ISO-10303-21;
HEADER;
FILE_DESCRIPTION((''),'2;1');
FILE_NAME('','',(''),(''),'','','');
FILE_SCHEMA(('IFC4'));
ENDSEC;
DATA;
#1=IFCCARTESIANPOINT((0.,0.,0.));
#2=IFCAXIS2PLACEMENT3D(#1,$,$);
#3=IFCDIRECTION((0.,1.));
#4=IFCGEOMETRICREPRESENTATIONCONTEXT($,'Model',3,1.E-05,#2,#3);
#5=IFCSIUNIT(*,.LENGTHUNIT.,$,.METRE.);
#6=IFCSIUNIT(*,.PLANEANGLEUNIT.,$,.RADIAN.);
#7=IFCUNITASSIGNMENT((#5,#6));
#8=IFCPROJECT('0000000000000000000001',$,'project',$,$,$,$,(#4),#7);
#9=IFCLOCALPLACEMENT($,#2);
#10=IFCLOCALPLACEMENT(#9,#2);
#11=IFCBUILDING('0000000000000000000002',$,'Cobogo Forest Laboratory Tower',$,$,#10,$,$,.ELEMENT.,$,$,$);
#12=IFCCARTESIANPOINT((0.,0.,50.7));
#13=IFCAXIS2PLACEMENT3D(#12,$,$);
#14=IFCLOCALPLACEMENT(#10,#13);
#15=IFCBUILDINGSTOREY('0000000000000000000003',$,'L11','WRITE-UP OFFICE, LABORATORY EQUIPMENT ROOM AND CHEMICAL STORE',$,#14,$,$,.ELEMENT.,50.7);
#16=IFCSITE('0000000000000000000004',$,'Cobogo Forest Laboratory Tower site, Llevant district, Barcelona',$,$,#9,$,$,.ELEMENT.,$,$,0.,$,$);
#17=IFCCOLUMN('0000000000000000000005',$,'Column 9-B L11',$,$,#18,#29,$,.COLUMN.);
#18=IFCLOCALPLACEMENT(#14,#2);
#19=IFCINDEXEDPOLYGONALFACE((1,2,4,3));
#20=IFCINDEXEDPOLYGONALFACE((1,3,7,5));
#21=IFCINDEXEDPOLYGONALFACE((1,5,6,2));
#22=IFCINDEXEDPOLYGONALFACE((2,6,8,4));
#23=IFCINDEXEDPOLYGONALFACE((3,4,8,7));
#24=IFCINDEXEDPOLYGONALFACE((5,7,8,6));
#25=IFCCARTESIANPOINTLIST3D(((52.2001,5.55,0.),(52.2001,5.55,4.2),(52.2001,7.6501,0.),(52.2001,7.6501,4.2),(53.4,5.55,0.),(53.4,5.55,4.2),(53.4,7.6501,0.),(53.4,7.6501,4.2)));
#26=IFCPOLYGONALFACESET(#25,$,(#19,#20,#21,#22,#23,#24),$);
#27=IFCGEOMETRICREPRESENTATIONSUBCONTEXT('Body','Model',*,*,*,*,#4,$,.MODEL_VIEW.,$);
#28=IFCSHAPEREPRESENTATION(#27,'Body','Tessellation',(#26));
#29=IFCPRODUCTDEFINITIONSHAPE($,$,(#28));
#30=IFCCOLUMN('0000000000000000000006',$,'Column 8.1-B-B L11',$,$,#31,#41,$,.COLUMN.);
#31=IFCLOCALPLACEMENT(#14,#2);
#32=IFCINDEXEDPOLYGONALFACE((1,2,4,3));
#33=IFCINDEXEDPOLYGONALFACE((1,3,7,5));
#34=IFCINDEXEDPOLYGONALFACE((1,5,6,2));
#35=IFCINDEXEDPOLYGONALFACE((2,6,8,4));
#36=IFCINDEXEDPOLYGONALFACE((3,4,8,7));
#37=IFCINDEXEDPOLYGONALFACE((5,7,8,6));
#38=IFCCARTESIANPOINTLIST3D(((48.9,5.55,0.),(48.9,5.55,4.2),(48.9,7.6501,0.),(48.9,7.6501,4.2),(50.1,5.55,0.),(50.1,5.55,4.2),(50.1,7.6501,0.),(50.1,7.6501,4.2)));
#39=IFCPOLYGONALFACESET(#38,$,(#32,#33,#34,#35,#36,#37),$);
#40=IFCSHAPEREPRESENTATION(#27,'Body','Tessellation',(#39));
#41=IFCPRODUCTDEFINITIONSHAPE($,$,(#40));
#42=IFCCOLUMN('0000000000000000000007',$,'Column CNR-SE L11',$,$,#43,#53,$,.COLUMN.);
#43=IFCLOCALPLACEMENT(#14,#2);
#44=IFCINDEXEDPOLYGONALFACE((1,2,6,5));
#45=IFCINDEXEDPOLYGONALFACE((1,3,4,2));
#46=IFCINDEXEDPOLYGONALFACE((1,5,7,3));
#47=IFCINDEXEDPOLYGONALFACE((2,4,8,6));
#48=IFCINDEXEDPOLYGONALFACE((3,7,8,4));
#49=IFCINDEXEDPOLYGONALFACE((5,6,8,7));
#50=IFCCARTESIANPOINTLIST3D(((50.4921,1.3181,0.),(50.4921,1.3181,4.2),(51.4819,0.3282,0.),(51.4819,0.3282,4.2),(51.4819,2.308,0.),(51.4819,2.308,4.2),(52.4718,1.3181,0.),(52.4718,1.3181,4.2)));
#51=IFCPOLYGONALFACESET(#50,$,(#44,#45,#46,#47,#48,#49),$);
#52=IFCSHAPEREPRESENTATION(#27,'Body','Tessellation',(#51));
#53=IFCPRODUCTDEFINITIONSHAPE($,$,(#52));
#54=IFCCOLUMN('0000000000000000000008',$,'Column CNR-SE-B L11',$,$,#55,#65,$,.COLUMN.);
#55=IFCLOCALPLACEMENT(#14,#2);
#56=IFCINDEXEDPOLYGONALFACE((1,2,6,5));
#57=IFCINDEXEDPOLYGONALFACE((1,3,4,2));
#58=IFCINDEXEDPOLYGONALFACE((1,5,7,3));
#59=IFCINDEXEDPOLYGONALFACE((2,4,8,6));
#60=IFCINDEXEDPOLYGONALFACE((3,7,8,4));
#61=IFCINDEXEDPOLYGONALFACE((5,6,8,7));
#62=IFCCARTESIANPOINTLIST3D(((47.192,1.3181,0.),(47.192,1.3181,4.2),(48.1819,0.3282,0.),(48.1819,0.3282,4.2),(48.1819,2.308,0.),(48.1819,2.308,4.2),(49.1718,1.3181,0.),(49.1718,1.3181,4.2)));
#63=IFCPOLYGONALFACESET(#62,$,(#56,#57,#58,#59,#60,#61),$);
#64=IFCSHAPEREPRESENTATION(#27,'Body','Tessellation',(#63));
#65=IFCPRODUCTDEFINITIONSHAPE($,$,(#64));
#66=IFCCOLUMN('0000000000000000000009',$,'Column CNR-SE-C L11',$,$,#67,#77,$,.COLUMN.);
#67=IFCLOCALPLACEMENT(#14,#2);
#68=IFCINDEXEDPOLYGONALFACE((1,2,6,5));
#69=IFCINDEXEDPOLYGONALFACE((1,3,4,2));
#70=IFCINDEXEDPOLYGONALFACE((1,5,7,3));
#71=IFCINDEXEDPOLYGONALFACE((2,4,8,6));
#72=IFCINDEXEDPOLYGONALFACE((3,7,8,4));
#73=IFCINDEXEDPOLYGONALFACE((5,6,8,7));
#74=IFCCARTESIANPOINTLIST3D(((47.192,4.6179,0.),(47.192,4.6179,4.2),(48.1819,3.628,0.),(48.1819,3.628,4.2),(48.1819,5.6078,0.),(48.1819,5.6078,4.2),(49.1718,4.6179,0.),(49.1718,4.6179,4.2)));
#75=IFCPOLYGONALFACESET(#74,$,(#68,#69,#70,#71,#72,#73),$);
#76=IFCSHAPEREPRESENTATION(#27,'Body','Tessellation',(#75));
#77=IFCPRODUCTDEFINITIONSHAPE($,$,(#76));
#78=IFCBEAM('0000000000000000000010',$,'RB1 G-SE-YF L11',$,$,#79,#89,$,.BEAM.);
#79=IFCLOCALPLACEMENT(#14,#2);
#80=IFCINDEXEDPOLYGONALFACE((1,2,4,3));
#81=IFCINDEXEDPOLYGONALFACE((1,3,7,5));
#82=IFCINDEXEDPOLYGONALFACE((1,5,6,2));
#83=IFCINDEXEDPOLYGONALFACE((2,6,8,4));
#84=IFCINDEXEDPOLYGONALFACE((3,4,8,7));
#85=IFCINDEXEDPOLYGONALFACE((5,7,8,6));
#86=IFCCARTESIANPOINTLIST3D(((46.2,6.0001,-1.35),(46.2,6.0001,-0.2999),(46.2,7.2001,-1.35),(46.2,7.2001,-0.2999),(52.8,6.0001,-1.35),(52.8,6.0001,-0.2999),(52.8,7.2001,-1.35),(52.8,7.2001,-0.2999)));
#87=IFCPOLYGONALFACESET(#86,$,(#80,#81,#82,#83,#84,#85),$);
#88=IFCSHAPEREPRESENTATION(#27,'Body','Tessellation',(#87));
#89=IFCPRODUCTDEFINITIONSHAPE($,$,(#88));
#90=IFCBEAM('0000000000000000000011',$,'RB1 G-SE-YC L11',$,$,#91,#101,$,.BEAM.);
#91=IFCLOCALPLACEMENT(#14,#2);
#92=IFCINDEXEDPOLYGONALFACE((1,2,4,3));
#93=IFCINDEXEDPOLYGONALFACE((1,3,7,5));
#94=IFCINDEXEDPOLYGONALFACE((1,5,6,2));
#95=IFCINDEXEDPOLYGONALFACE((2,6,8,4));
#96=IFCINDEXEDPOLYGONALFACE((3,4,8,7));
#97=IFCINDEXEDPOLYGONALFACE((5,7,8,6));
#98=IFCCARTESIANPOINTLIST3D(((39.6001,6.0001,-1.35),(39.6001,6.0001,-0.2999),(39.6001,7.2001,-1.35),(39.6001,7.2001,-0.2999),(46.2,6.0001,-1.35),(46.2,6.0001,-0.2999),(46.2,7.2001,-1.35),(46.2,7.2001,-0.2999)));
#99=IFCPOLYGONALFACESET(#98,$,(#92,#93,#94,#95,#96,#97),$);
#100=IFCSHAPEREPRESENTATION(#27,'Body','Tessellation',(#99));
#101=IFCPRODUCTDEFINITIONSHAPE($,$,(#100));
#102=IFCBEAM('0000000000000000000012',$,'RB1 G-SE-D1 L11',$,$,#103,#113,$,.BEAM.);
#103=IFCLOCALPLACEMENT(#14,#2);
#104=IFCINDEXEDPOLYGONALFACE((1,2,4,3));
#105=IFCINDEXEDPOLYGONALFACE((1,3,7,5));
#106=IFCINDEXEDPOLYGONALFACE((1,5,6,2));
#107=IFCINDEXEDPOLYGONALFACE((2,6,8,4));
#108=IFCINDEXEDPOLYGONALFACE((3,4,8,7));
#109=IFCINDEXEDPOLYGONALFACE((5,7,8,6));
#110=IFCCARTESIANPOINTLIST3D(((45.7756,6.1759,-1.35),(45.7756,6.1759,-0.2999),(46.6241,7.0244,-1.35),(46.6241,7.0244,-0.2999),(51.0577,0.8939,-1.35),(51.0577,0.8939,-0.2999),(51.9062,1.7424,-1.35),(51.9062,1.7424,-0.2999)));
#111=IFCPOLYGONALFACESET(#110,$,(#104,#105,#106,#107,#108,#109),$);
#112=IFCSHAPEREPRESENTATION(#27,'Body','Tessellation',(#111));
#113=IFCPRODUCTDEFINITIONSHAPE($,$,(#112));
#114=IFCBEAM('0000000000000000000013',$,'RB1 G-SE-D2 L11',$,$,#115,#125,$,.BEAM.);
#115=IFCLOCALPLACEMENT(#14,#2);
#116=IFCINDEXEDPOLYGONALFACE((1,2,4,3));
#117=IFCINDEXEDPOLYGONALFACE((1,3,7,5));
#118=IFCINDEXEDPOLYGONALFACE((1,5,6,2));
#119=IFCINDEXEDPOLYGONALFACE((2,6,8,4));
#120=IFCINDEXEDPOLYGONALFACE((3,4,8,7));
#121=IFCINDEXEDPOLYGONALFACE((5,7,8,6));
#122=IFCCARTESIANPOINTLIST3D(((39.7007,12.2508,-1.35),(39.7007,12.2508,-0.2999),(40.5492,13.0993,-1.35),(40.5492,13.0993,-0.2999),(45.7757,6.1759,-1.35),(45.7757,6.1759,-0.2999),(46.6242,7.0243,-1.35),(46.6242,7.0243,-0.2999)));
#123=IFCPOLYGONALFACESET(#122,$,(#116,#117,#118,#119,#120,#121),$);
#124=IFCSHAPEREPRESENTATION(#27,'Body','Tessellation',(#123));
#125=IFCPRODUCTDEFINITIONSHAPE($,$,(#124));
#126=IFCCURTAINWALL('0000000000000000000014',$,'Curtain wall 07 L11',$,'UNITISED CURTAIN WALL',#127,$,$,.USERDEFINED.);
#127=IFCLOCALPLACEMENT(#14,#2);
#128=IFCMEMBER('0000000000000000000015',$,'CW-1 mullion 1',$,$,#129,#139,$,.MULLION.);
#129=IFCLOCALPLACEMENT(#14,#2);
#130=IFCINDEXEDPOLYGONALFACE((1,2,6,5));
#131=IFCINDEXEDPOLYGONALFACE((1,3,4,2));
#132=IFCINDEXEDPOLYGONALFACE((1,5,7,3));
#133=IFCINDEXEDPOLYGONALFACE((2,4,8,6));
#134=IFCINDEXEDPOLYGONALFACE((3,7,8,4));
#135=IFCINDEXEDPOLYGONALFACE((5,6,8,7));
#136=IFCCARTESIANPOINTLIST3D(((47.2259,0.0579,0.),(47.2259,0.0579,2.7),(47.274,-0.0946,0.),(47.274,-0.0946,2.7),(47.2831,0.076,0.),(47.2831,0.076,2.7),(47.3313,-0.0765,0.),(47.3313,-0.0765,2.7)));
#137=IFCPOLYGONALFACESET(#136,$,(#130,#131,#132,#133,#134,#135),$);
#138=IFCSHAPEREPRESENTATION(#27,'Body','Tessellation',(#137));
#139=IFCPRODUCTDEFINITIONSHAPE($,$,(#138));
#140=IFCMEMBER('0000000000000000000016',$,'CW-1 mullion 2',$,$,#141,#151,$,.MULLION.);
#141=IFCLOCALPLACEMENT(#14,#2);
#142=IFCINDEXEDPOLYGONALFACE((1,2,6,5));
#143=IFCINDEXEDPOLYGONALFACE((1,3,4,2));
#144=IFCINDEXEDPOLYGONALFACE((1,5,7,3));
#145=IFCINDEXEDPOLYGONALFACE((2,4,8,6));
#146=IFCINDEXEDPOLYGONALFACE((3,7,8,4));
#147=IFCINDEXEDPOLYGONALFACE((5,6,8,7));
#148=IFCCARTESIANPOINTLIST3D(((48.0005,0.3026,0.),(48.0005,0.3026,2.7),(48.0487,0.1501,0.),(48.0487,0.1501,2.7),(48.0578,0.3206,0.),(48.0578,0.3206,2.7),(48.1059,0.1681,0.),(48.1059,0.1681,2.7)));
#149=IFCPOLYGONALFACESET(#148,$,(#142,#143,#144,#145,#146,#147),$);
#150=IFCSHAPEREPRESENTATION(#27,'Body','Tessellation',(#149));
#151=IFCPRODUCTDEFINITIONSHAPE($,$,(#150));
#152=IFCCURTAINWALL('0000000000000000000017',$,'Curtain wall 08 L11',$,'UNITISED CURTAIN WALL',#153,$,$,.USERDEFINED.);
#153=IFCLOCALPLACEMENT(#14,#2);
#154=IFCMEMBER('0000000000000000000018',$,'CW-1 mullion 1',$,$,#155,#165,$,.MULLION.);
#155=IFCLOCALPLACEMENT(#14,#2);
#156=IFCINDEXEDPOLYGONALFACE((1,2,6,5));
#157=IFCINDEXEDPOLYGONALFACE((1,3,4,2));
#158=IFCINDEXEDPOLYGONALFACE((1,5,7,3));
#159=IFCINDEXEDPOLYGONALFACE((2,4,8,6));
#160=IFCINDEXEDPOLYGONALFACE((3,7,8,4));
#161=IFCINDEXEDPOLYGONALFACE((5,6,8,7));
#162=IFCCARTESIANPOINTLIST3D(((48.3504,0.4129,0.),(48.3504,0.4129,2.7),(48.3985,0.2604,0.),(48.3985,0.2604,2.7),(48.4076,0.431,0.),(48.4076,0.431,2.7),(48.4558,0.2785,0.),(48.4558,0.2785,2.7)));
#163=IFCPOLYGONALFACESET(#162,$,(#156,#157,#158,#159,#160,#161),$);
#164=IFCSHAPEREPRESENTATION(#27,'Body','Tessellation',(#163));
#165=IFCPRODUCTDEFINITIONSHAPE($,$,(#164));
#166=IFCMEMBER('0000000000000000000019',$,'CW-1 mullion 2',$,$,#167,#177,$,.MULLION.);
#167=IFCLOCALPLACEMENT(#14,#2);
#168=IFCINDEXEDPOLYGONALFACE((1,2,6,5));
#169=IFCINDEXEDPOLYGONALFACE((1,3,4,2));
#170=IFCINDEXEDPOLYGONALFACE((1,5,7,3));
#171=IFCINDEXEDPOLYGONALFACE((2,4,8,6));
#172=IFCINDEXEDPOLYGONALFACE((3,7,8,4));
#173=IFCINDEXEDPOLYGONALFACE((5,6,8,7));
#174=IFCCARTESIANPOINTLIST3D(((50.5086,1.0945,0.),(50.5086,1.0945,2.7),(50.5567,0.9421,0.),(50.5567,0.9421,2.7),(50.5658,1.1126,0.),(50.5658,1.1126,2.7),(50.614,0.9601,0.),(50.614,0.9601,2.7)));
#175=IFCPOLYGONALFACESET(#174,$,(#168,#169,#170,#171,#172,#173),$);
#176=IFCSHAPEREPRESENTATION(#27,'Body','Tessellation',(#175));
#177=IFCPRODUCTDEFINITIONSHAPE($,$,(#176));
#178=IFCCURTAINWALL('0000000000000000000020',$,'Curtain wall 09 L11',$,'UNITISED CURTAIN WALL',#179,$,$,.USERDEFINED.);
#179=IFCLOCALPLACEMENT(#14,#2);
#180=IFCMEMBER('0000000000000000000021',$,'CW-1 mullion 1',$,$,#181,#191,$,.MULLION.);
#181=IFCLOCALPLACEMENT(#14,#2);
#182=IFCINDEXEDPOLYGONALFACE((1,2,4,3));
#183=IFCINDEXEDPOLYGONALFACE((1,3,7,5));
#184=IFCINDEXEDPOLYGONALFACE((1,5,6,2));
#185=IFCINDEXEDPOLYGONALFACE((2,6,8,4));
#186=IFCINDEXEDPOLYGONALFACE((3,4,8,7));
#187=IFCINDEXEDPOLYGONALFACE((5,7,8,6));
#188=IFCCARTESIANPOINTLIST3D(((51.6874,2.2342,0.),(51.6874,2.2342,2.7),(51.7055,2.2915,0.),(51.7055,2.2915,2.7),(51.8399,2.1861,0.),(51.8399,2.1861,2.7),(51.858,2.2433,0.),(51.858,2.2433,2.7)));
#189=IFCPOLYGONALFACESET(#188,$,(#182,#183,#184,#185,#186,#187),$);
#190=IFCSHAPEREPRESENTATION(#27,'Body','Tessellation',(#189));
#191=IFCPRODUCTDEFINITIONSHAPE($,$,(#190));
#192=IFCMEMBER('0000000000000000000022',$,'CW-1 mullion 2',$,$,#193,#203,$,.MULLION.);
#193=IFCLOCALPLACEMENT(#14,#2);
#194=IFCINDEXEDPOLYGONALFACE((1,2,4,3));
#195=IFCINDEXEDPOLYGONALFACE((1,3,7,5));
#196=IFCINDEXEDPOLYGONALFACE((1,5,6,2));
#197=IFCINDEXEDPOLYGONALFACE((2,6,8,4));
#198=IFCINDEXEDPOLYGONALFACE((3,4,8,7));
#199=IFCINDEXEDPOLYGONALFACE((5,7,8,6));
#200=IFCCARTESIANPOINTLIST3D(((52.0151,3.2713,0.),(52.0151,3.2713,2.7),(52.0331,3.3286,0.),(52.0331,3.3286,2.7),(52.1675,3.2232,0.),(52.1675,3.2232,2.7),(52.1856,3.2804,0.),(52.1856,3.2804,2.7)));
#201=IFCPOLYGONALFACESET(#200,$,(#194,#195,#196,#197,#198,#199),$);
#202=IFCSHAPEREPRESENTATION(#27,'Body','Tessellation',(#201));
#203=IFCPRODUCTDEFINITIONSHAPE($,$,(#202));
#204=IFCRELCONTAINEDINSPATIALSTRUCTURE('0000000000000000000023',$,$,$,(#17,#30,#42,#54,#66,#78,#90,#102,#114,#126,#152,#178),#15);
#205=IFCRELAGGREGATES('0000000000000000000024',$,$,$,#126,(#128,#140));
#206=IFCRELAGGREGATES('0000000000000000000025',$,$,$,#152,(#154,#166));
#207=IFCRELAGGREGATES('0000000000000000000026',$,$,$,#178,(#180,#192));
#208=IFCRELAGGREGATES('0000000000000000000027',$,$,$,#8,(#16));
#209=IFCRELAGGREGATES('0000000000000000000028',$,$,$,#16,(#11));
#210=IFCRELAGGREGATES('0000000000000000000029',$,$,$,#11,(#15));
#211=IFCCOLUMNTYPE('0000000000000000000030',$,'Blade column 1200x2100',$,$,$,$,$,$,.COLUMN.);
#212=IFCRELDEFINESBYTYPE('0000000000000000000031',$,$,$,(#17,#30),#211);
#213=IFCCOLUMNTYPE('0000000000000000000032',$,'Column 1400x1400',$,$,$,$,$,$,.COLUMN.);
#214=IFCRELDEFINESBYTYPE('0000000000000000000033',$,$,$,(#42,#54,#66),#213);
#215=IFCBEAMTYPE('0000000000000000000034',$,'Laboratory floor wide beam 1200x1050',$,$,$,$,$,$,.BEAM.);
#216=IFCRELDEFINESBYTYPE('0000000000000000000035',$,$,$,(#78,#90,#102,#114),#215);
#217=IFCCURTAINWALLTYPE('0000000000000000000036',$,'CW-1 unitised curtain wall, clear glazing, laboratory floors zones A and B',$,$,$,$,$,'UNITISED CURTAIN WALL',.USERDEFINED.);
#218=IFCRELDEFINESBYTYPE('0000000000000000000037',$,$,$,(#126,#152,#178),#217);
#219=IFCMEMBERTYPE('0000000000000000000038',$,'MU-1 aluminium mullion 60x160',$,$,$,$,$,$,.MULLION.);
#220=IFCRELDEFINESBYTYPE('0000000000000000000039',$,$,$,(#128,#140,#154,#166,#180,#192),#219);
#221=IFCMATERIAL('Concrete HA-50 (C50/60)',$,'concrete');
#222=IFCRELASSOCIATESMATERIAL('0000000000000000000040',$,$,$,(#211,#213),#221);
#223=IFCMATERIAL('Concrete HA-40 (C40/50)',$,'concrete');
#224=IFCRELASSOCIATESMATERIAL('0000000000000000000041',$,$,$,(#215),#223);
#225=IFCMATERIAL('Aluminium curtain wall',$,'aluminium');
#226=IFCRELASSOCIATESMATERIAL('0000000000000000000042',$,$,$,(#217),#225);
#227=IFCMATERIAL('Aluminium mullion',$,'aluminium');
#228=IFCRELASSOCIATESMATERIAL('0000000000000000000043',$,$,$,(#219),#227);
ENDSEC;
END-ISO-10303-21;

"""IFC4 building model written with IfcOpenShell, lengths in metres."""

from ifc_helpers import new_model, si_unit, direction, frame, origin, origin_2d, place, context, subcontext, project, spatial, rectangle, extrude, material, material_profile, profile_set, type_object, element, aggregate, save


model = new_model("IFC4")

# Units and contexts
model_context = context("Model", 3, precision=1e-05, world=origin(), true_north=direction((0.0, 1.0)))
body_context = subcontext(model_context, "Body", "Model", "MODEL_VIEW")
ifc_project = project(units=[si_unit("LENGTHUNIT", "METRE"), si_unit("PLANEANGLEUNIT", "RADIAN")], contexts=[model_context])

# Site, building, storey
site_placement = place(None, origin())
site = spatial("IfcSite", under=ifc_project, at=site_placement, Name="Cobogo Forest Laboratory Tower site, Llevant district, Barcelona", CompositionType="ELEMENT", RefElevation=0.0)
building_placement = place(site_placement, origin())
building = spatial("IfcBuilding", under=site, at=building_placement, Name="Cobogo Forest Laboratory Tower", CompositionType="ELEMENT")
storey_placement = place(building_placement, frame((0.0, 0.0, 50.7)))
storey = spatial("IfcBuildingStorey", under=building, at=storey_placement, Name="L11", Description="WRITE-UP OFFICE, LABORATORY EQUIPMENT ROOM AND CHEMICAL STORE", CompositionType="ELEMENT", Elevation=50.7)

# Columns
ifc_material_1 = material(Name="Concrete HA-50 (C50/60)", Category="concrete")
ifc_material_profile_1 = material_profile(ifc_material_1, rectangle(XDim=2.1001, YDim=1.2, at=origin_2d()), Name="RC 1200x2100")
ifc_profile_set_1 = profile_set([ifc_material_profile_1], Name="Concrete HA-50 (C50/60)")
column_type_1 = type_object("IfcColumnType", Name="Blade column 1200x2100", PredefinedType="COLUMN", material=ifc_profile_set_1)
for number, where, z_axis, x_axis, name in (
    (1, (52.8, 6.6001, 0.0), (0.0, 0.0, 1.0), (0.0, 1.0, 0.0), "Column 9-B L11"),
    (2, (49.5, 6.6001, 0.0), (0.0, 0.0, 1.0), (0.0, 1.0, 0.0), "Column 8.1-B-B L11"),
):
    element("IfcColumn", number, at=place(storey_placement, frame(where, z_axis=z_axis, x_axis=x_axis)), inside=storey, type_object=column_type_1, Name=name, PredefinedType="COLUMN", context=body_context, shape_type="SweptSolid", body=[
        extrude(rectangle(XDim=2.1001, YDim=1.2, at=origin_2d()), origin(), (0.0, 0.0, 1.0), 4.2),
    ])
ifc_material_profile_2 = material_profile(ifc_material_1, rectangle(XDim=1.3999, YDim=1.3999, at=origin_2d()), Name="RC 1400x1400")
ifc_profile_set_2 = profile_set([ifc_material_profile_2], Name="Concrete HA-50 (C50/60)")
column_type_2 = type_object("IfcColumnType", Name="Column 1400x1400", PredefinedType="COLUMN", material=ifc_profile_set_2)
for number, where, z_axis, x_axis, name in (
    (3, (51.4819, 1.3181, 0.0), (0.0, 0.0, 1.0), (0.707107, 0.707107, 0.0), "Column CNR-SE L11"),
    (4, (48.1819, 1.3181, 0.0), (0.0, 0.0, 1.0), (0.707107, 0.707107, 0.0), "Column CNR-SE-B L11"),
    (5, (48.1819, 4.6179, 0.0), (0.0, 0.0, 1.0), (0.707107, 0.707107, 0.0), "Column CNR-SE-C L11"),
):
    element("IfcColumn", number, at=place(storey_placement, frame(where, z_axis=z_axis, x_axis=x_axis)), inside=storey, type_object=column_type_2, Name=name, PredefinedType="COLUMN", context=body_context, shape_type="SweptSolid", body=[
        extrude(rectangle(XDim=1.3999, YDim=1.3999, at=origin_2d()), origin(), (0.0, 0.0, 1.0), 4.2),
    ])

# Beams
ifc_material_2 = material(Name="Concrete HA-40 (C40/50)", Category="concrete")
ifc_material_profile_3 = material_profile(ifc_material_2, rectangle(XDim=1.2, YDim=1.05, at=origin_2d()), Name="RC 1200x1050")
ifc_profile_set_3 = profile_set([ifc_material_profile_3], Name="Concrete HA-40 (C40/50)")
beam_type_1 = type_object("IfcBeamType", Name="Laboratory floor wide beam 1200x1050", PredefinedType="BEAM", material=ifc_profile_set_3)
beam_1_placement = place(storey_placement, frame((52.8, 6.6001, -0.825), z_axis=(-1.0, 0.0, 0.0), x_axis=(0.0, -1.0, 0.0)))
element("IfcBeam", 6, at=beam_1_placement, inside=storey, type_object=beam_type_1, Name="RB1 G-SE-YF L11", PredefinedType="BEAM", context=body_context, shape_type="SweptSolid", body=[
    extrude(rectangle(XDim=1.2, YDim=1.05, at=origin_2d()), origin(), (0.0, 0.0, 1.0), 6.6001),
])
beam_2_placement = place(storey_placement, frame((46.2, 6.6001, -0.825), z_axis=(-1.0, 0.0, 0.0), x_axis=(0.0, -1.0, 0.0)))
element("IfcBeam", 7, at=beam_2_placement, inside=storey, type_object=beam_type_1, Name="RB1 G-SE-YC L11", PredefinedType="BEAM", context=body_context, shape_type="SweptSolid", body=[
    extrude(rectangle(XDim=1.2, YDim=1.05, at=origin_2d()), origin(), (0.0, 0.0, 1.0), 6.5999),
])
beam_3_placement = place(storey_placement, frame((51.4819, 1.3181, -0.825), z_axis=(-0.707107, 0.707107, 0.0), x_axis=(-0.707107, -0.707107, 0.0)))
element("IfcBeam", 8, at=beam_3_placement, inside=storey, type_object=beam_type_1, Name="RB1 G-SE-D1 L11", PredefinedType="BEAM", context=body_context, shape_type="SweptSolid", body=[
    extrude(rectangle(XDim=1.2, YDim=1.05, at=origin_2d()), origin(), (0.0, 0.0, 1.0), 7.47),
])
beam_4_placement = place(storey_placement, frame((46.2, 6.6001, -0.825), z_axis=(-0.707107, 0.707107, 0.0), x_axis=(-0.707107, -0.707107, 0.0)))
element("IfcBeam", 9, at=beam_4_placement, inside=storey, type_object=beam_type_1, Name="RB1 G-SE-D2 L11", PredefinedType="BEAM", context=body_context, shape_type="SweptSolid", body=[
    extrude(rectangle(XDim=1.2, YDim=1.05, at=origin_2d()), origin(), (0.0, 0.0, 1.0), 8.5913),
])

# Curtain walls, members
ifc_material_3 = material(Name="Aluminium curtain wall", Category="aluminium")
curtain_wall_type = type_object("IfcCurtainWallType", Name="CW-1 unitised curtain wall, clear glazing, laboratory floors zones A and B", ElementType="UNITISED CURTAIN WALL", PredefinedType="USERDEFINED", material=ifc_material_3)
curtain_wall_1_placement = place(storey_placement, origin())
curtain_wall_1 = element("IfcCurtainWall", 10, at=curtain_wall_1_placement, inside=storey, type_object=curtain_wall_type, Name="Curtain wall 07 L11", ObjectType="UNITISED CURTAIN WALL", PredefinedType="USERDEFINED")
ifc_material_4 = material(Name="Aluminium mullion", Category="aluminium")
ifc_material_profile_4 = material_profile(ifc_material_4, rectangle(XDim=0.0601, YDim=0.1599, at=origin_2d()), Name="AL 60x160")
ifc_profile_set_4 = profile_set([ifc_material_profile_4], Name="Aluminium mullion")
member_type_1 = type_object("IfcMemberType", Name="MU-1 aluminium mullion 60x160", PredefinedType="MULLION", material=ifc_profile_set_4)
member_1_placement = place(storey_placement, frame((47.2786, -0.0093, 0.0), z_axis=(0.0, 0.0, 1.0), x_axis=(0.953582, 0.301135, 0.0)))
member_1 = element("IfcMember", 11, at=member_1_placement, type_object=member_type_1, Name="CW-1 mullion 1", PredefinedType="MULLION", context=body_context, shape_type="SweptSolid", body=[
    extrude(rectangle(XDim=0.0601, YDim=0.1599, at=origin_2d()), origin(), (0.0, 0.0, 1.0), 2.7),
])
member_2_placement = place(storey_placement, frame((48.0532, 0.2354, 0.0), z_axis=(0.0, 0.0, 1.0), x_axis=(0.953582, 0.301135, 0.0)))
member_2 = element("IfcMember", 12, at=member_2_placement, type_object=member_type_1, Name="CW-1 mullion 2", PredefinedType="MULLION", context=body_context, shape_type="SweptSolid", body=[
    extrude(rectangle(XDim=0.0601, YDim=0.1599, at=origin_2d()), origin(), (0.0, 0.0, 1.0), 2.7),
])
curtain_wall_2_placement = place(storey_placement, origin())
curtain_wall_2 = element("IfcCurtainWall", 13, at=curtain_wall_2_placement, inside=storey, type_object=curtain_wall_type, Name="Curtain wall 08 L11", ObjectType="UNITISED CURTAIN WALL", PredefinedType="USERDEFINED")
member_3_placement = place(storey_placement, frame((48.4031, 0.3457, 0.0), z_axis=(0.0, 0.0, 1.0), x_axis=(0.953581, 0.301135, 0.0)))
member_3 = element("IfcMember", 14, at=member_3_placement, type_object=member_type_1, Name="CW-1 mullion 1", PredefinedType="MULLION", context=body_context, shape_type="SweptSolid", body=[
    extrude(rectangle(XDim=0.0601, YDim=0.1599, at=origin_2d()), origin(), (0.0, 0.0, 1.0), 2.7),
])
member_4_placement = place(storey_placement, frame((50.5613, 1.0273, 0.0), z_axis=(0.0, 0.0, 1.0), x_axis=(0.953581, 0.301135, 0.0)))
member_4 = element("IfcMember", 15, at=member_4_placement, type_object=member_type_1, Name="CW-1 mullion 2", PredefinedType="MULLION", context=body_context, shape_type="SweptSolid", body=[
    extrude(rectangle(XDim=0.0601, YDim=0.1599, at=origin_2d()), origin(), (0.0, 0.0, 1.0), 2.7),
])
curtain_wall_3_placement = place(storey_placement, origin())
curtain_wall_3 = element("IfcCurtainWall", 16, at=curtain_wall_3_placement, inside=storey, type_object=curtain_wall_type, Name="Curtain wall 09 L11", ObjectType="UNITISED CURTAIN WALL", PredefinedType="USERDEFINED")
member_5_placement = place(storey_placement, frame((51.7727, 2.2388, 0.0), z_axis=(0.0, 0.0, 1.0), x_axis=(0.301135, 0.953581, 0.0)))
member_5 = element("IfcMember", 17, at=member_5_placement, type_object=member_type_1, Name="CW-1 mullion 1", PredefinedType="MULLION", context=body_context, shape_type="SweptSolid", body=[
    extrude(rectangle(XDim=0.0601, YDim=0.1599, at=origin_2d()), origin(), (0.0, 0.0, 1.0), 2.7),
])
member_6_placement = place(storey_placement, frame((52.1003, 3.2759, 0.0), z_axis=(0.0, 0.0, 1.0), x_axis=(0.301135, 0.953581, 0.0)))
member_6 = element("IfcMember", 18, at=member_6_placement, type_object=member_type_1, Name="CW-1 mullion 2", PredefinedType="MULLION", context=body_context, shape_type="SweptSolid", body=[
    extrude(rectangle(XDim=0.0601, YDim=0.1599, at=origin_2d()), origin(), (0.0, 0.0, 1.0), 2.7),
])

aggregate(curtain_wall_1, [member_1, member_2])
aggregate(curtain_wall_2, [member_3, member_4])
aggregate(curtain_wall_3, [member_5, member_6])

save(model, "model.ifc")
